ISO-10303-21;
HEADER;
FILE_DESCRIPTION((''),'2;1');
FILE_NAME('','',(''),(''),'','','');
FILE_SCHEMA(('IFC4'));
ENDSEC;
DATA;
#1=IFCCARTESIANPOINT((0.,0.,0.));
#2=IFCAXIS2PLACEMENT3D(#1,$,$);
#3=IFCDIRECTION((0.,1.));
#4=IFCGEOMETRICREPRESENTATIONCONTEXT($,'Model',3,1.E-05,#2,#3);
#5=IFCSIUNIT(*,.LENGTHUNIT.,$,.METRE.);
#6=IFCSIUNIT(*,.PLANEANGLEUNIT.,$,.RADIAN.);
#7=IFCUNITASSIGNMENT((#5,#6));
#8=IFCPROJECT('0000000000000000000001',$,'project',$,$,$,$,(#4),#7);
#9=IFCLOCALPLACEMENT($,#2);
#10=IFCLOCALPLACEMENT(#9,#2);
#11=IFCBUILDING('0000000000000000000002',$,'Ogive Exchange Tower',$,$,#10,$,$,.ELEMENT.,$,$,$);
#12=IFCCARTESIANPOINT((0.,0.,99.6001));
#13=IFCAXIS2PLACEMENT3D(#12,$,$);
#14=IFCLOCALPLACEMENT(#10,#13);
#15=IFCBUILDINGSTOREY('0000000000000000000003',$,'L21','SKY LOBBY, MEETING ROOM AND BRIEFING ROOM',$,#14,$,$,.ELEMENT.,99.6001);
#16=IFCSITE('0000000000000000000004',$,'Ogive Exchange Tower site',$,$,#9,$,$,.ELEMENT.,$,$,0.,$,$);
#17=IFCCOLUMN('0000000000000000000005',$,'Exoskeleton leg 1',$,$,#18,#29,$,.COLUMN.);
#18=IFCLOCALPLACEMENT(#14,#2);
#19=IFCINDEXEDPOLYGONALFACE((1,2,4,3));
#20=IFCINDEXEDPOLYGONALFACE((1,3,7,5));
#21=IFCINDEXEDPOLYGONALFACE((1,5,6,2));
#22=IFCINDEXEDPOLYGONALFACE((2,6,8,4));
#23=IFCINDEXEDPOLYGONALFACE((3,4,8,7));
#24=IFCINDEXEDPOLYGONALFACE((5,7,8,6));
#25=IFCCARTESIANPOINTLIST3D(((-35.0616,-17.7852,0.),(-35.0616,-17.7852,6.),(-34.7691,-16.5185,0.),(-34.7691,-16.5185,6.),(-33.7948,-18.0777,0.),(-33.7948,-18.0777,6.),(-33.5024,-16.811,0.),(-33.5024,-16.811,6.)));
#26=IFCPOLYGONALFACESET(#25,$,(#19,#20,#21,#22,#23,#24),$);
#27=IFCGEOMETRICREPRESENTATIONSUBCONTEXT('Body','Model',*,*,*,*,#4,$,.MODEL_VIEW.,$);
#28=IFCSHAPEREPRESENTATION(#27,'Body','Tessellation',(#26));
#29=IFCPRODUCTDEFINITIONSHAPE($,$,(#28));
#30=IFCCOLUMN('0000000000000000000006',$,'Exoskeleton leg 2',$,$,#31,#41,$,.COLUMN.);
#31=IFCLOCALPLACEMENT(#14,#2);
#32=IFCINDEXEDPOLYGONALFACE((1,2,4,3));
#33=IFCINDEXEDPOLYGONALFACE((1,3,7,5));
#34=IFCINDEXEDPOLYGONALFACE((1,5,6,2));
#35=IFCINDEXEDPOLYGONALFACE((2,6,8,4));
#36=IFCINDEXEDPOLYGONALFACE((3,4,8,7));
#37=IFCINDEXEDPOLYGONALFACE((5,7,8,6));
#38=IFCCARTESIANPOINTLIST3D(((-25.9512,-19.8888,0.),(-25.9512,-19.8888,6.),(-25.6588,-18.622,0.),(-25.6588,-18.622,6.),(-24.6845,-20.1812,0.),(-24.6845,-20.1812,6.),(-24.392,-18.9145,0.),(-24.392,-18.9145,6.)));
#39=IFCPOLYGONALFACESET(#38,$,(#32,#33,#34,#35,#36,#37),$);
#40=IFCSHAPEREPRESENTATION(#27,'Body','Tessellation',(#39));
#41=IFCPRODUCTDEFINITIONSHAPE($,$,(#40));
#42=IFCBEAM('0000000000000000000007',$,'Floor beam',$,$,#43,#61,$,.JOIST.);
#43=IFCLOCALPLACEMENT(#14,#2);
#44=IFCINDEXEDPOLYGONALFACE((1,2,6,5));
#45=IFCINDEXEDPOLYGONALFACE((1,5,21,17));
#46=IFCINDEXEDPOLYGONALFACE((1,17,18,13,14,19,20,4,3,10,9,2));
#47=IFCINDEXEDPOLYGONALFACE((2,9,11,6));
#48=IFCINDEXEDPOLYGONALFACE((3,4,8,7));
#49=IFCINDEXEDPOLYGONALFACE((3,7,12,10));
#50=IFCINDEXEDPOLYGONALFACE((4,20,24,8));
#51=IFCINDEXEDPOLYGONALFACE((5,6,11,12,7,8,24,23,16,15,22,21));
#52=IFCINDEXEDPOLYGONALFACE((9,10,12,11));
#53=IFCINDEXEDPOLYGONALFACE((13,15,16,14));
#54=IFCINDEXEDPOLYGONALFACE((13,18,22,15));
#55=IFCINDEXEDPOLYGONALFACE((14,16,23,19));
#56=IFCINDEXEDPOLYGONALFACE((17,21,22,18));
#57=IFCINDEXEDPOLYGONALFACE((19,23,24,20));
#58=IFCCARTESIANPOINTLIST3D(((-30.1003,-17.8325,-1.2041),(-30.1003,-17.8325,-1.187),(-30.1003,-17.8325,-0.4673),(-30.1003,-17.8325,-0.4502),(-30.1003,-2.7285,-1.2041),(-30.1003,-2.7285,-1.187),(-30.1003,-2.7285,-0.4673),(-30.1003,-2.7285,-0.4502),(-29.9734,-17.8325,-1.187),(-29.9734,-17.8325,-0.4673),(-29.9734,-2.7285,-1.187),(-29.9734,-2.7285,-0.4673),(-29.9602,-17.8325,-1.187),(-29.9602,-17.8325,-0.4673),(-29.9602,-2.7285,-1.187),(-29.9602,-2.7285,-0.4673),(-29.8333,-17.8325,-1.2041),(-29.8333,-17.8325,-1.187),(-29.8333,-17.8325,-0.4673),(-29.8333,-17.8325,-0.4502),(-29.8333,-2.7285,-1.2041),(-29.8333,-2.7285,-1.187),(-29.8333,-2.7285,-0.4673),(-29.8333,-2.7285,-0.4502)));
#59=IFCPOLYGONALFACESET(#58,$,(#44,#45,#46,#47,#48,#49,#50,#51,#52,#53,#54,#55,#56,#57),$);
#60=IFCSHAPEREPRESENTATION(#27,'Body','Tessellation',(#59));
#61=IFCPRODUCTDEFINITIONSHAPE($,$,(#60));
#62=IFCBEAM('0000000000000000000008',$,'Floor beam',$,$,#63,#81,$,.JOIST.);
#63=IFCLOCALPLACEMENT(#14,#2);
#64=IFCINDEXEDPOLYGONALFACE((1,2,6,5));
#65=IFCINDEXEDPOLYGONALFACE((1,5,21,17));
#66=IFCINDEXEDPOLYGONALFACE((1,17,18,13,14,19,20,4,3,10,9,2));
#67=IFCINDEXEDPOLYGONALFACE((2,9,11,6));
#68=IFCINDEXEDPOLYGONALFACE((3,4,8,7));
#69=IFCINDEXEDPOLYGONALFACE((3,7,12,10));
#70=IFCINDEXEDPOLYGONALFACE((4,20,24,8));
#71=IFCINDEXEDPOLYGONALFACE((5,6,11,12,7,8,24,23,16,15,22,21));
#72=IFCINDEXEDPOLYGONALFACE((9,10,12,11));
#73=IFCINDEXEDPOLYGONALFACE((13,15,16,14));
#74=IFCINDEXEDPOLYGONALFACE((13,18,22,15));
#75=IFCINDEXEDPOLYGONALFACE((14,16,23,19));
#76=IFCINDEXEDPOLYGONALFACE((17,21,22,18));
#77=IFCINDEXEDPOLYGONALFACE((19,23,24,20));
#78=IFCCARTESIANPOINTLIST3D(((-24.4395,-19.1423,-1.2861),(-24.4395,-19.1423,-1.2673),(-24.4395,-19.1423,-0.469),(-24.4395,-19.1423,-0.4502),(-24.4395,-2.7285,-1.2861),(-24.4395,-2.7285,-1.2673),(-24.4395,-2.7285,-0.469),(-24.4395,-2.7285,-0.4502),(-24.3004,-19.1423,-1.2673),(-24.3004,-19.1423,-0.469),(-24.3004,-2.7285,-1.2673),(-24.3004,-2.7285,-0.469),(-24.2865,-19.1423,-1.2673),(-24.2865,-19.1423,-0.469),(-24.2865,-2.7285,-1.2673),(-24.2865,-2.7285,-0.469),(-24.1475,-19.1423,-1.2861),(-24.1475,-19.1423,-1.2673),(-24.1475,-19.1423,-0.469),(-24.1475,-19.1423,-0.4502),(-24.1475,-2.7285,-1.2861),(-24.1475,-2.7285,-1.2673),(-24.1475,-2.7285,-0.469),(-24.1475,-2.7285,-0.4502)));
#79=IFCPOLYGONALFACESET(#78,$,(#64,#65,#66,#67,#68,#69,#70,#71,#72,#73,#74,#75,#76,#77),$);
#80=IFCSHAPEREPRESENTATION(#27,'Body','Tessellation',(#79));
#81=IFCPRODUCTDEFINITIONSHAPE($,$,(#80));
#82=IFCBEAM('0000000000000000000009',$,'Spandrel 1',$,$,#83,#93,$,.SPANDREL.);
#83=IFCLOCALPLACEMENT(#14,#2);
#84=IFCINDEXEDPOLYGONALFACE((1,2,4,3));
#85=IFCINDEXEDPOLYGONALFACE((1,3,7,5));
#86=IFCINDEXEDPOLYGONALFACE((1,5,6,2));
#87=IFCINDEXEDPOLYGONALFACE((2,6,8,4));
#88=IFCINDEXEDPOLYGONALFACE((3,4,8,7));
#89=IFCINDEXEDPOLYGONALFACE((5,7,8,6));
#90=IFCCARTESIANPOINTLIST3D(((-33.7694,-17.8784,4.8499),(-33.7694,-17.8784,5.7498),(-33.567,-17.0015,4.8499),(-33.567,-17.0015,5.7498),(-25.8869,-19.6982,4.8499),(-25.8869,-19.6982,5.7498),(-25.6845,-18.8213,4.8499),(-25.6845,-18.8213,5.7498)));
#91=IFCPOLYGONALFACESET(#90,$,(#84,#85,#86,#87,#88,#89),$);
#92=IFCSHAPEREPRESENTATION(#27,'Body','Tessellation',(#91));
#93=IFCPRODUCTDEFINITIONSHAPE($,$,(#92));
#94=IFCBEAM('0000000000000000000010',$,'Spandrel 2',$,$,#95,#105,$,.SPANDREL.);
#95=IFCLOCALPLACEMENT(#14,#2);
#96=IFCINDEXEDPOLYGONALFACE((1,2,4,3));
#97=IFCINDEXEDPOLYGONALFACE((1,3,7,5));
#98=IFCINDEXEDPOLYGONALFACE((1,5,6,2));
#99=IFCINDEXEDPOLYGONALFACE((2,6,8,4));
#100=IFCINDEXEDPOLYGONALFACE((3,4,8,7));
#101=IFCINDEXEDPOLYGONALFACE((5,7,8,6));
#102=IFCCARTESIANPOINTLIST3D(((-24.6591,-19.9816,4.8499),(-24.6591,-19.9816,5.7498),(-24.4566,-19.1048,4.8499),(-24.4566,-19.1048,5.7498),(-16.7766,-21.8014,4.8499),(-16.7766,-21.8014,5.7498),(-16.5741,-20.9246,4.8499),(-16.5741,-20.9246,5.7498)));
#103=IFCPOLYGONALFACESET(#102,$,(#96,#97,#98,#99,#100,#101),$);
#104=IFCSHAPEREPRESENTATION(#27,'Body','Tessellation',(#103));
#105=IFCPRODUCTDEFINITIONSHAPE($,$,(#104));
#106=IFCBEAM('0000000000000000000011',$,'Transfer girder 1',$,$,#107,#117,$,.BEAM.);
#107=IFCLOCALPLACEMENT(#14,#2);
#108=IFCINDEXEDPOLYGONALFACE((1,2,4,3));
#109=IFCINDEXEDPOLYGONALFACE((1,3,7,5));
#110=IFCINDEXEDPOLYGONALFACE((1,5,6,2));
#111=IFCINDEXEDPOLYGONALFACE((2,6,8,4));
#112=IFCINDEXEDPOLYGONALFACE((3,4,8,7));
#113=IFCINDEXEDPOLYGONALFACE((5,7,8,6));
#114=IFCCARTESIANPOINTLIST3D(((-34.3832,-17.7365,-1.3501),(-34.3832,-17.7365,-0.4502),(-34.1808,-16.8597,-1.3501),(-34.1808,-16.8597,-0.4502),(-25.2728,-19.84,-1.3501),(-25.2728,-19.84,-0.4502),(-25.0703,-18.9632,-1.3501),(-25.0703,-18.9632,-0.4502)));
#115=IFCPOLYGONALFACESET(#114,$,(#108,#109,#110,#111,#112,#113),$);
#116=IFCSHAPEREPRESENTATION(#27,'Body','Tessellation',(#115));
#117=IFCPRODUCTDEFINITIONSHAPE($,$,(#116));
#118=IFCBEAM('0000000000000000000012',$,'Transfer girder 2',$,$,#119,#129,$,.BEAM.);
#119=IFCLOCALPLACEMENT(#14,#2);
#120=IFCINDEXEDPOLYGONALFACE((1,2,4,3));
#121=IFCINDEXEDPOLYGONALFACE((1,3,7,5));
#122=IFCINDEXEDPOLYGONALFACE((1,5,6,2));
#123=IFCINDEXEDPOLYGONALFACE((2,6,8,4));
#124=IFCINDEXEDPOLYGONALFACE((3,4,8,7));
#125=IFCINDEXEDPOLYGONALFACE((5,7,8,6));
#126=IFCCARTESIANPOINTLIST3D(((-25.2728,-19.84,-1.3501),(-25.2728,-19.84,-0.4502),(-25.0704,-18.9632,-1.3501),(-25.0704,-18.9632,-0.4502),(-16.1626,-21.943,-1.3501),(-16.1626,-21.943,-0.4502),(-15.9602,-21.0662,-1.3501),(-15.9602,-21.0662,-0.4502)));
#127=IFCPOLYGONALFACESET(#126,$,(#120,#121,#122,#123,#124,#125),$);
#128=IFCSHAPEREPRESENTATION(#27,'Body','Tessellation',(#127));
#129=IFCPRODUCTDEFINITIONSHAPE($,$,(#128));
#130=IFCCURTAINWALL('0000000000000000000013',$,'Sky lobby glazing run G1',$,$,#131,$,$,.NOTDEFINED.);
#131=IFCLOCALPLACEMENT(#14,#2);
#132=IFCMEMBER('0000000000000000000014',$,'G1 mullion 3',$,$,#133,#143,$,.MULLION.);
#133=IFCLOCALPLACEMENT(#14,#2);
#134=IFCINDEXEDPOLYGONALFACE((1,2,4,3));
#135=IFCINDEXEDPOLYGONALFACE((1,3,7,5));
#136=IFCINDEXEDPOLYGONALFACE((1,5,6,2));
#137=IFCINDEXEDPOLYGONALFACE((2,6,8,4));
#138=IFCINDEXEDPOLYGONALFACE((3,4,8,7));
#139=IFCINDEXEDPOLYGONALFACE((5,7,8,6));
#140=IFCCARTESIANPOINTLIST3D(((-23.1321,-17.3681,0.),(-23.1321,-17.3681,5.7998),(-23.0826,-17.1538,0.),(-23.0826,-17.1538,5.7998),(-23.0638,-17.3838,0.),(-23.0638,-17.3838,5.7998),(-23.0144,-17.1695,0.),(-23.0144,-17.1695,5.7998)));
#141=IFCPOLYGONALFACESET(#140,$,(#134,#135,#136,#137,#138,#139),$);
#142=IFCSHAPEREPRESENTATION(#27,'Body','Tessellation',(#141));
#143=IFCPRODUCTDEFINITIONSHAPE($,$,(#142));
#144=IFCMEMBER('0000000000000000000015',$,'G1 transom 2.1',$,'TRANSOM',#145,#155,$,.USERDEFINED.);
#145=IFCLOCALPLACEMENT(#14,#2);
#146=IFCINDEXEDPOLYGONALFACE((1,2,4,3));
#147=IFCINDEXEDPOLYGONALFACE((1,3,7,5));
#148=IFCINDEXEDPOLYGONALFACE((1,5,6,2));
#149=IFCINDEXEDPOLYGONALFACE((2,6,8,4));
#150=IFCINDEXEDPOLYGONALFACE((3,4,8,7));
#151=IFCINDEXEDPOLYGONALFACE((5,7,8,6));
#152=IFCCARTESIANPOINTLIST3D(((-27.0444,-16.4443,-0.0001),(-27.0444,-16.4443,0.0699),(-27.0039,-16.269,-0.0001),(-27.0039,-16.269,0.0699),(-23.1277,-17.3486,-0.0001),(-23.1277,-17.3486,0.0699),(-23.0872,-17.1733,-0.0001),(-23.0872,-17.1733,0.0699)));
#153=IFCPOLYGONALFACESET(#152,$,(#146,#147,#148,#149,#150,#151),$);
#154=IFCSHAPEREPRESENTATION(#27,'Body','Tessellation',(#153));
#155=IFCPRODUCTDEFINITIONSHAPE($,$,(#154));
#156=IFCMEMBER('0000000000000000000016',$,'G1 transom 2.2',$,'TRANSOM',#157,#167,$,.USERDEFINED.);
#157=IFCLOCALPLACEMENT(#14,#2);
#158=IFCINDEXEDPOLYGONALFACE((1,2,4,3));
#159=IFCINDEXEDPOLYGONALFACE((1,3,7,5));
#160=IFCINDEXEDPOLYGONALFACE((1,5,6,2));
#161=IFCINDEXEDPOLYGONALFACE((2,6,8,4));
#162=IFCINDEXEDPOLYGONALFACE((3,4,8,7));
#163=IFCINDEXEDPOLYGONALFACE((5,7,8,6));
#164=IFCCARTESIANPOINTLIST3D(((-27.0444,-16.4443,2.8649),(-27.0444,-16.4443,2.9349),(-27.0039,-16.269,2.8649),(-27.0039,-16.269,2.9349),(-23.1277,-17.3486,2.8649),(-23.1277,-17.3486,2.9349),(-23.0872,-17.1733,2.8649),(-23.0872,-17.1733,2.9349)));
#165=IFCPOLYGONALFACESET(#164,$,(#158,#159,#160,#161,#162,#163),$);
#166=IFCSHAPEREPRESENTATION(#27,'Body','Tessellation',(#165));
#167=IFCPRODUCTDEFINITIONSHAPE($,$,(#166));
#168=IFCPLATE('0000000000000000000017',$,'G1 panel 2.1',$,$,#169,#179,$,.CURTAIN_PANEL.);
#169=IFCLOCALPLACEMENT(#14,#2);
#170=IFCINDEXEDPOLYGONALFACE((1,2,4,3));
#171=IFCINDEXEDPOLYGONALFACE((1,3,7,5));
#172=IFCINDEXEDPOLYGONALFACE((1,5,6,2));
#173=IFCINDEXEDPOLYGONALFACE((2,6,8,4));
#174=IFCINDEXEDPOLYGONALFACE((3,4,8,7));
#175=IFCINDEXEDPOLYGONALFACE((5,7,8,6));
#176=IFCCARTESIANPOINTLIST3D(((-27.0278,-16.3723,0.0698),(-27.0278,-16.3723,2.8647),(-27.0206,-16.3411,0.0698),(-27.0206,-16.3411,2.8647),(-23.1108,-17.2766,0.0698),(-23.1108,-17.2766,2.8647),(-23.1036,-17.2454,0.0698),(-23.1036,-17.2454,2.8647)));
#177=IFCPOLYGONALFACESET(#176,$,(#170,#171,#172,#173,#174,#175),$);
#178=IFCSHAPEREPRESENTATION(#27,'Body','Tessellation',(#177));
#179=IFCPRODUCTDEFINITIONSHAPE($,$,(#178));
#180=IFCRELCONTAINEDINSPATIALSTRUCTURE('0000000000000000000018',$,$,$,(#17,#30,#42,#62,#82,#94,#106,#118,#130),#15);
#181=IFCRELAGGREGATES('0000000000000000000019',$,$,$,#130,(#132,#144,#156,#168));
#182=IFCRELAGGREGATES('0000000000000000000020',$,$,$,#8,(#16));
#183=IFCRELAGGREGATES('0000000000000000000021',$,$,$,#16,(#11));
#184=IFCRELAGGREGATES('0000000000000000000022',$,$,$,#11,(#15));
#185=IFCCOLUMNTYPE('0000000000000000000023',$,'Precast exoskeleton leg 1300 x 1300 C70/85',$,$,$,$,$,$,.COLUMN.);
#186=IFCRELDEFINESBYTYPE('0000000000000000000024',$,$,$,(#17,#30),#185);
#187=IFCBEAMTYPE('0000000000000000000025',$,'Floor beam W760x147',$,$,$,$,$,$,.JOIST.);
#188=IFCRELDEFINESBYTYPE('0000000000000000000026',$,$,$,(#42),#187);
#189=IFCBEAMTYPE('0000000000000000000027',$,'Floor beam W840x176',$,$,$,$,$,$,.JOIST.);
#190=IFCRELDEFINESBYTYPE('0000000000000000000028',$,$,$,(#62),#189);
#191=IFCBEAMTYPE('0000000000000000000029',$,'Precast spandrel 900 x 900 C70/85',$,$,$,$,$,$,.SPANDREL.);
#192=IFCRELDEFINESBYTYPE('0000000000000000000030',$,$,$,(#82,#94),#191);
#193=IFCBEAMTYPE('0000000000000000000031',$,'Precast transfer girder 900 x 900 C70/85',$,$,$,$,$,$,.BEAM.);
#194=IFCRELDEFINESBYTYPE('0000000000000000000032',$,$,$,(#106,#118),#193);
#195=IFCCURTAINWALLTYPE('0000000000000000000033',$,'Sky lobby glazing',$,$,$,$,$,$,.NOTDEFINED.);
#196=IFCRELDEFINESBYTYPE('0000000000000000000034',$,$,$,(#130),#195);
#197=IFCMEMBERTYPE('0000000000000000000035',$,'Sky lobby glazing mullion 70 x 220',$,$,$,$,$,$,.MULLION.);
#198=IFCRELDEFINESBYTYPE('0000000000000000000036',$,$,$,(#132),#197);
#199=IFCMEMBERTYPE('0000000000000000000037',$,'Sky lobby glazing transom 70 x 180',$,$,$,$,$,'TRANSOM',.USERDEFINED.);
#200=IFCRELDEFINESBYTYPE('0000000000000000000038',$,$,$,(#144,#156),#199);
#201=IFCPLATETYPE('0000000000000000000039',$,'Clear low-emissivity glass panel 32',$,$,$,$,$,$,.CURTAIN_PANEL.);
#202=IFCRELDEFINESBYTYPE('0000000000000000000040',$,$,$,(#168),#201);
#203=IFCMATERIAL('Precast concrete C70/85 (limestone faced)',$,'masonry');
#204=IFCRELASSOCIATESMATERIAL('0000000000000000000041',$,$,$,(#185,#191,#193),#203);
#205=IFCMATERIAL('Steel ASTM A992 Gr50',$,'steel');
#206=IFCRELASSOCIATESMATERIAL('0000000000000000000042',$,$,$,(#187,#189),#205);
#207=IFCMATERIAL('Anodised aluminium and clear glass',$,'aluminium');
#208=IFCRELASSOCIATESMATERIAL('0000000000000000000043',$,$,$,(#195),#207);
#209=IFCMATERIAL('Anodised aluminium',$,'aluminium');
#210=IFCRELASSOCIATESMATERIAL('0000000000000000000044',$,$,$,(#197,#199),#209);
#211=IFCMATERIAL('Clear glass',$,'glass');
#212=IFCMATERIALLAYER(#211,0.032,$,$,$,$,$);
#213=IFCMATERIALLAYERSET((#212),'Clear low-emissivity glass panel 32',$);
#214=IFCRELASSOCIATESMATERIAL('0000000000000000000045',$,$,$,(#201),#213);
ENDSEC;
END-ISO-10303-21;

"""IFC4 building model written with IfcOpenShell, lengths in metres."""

from ifc_helpers import new_model, si_unit, direction, frame, origin, origin_2d, place, context, subcontext, project, spatial, rectangle, i_section, extrude, material, layer, layer_set, material_profile, profile_set, type_object, element, aggregate, save


model = new_model("IFC4")

# Units and contexts
model_context = context("Model", 3, precision=1e-05, world=origin(), true_north=direction((0.0, 1.0)))
body_context = subcontext(model_context, "Body", "Model", "MODEL_VIEW")
ifc_project = project(units=[si_unit("LENGTHUNIT", "METRE"), si_unit("PLANEANGLEUNIT", "RADIAN")], contexts=[model_context])

# Site, building, storey
site_placement = place(None, origin())
site = spatial("IfcSite", under=ifc_project, at=site_placement, Name="Ogive Exchange Tower site", CompositionType="ELEMENT", RefElevation=0.0)
building_placement = place(site_placement, origin())
building = spatial("IfcBuilding", under=site, at=building_placement, Name="Ogive Exchange Tower", CompositionType="ELEMENT")
storey_placement = place(building_placement, frame((0.0, 0.0, 99.6001)))
storey = spatial("IfcBuildingStorey", under=building, at=storey_placement, Name="L21", Description="SKY LOBBY, MEETING ROOM AND BRIEFING ROOM", CompositionType="ELEMENT", Elevation=99.6001)

# Columns
ifc_material_1 = material(Name="Precast concrete C70/85 (limestone faced)", Category="masonry")
ifc_material_profile_1 = material_profile(ifc_material_1, rectangle(XDim=1.3, YDim=1.3, at=origin_2d()), Name="1300 x 1300")
ifc_profile_set_1 = profile_set([ifc_material_profile_1], Name="Precast concrete C70/85 (limestone faced)")
column_type = type_object("IfcColumnType", Name="Precast exoskeleton leg 1300 x 1300 C70/85", PredefinedType="COLUMN", material=ifc_profile_set_1)
for number, where, z_axis, x_axis, name in (
    (1, (-34.282, -17.2981, 0.0), (0.0, 0.0, 1.0), (0.97437, -0.224951, 0.0), "Exoskeleton leg 1"),
    (2, (-25.1716, -19.4016, 0.0), (0.0, 0.0, 1.0), (0.97437, -0.224951, 0.0), "Exoskeleton leg 2"),
):
    element("IfcColumn", number, at=place(storey_placement, frame(where, z_axis=z_axis, x_axis=x_axis)), inside=storey, type_object=column_type, Name=name, PredefinedType="COLUMN", context=body_context, shape_type="SweptSolid", body=[
        extrude(rectangle(XDim=1.3, YDim=1.3, at=origin_2d()), origin(), (0.0, 0.0, 1.0), 6.0),
    ])

# Beams
ifc_material_2 = material(Name="Steel ASTM A992 Gr50", Category="steel")
ifc_material_profile_2 = material_profile(ifc_material_2, i_section(OverallWidth=0.2671, OverallDepth=0.7539, WebThickness=0.0132, FlangeThickness=0.0171, at=origin_2d()), Name="W760x147")
ifc_profile_set_2 = profile_set([ifc_material_profile_2], Name="Steel ASTM A992 Gr50")
beam_type_1 = type_object("IfcBeamType", Name="Floor beam W760x147", PredefinedType="JOIST", material=ifc_profile_set_2)
beam_1_placement = place(storey_placement, frame((-29.9668, -17.8325, -0.8271), z_axis=(0.0, 1.0, 0.0), x_axis=(-1.0, 0.0, 0.0)))
element("IfcBeam", 3, at=beam_1_placement, inside=storey, type_object=beam_type_1, Name="Floor beam", PredefinedType="JOIST", context=body_context, shape_type="SweptSolid", body=[
    extrude(i_section(OverallWidth=0.2671, OverallDepth=0.7539, WebThickness=0.0132, FlangeThickness=0.0171, at=origin_2d()), origin(), (0.0, 0.0, 1.0), 15.104),
])
ifc_material_profile_3 = material_profile(ifc_material_2, i_section(OverallWidth=0.292, OverallDepth=0.8359, WebThickness=0.0139, FlangeThickness=0.0188, at=origin_2d()), Name="W840x176")
ifc_profile_set_3 = profile_set([ifc_material_profile_3], Name="Steel ASTM A992 Gr50")
beam_type_2 = type_object("IfcBeamType", Name="Floor beam W840x176", PredefinedType="JOIST", material=ifc_profile_set_3)
beam_2_placement = place(storey_placement, frame((-24.2935, -19.1423, -0.8682), z_axis=(0.0, 1.0, 0.0), x_axis=(-1.0, 0.0, 0.0)))
element("IfcBeam", 4, at=beam_2_placement, inside=storey, type_object=beam_type_2, Name="Floor beam", PredefinedType="JOIST", context=body_context, shape_type="SweptSolid", body=[
    extrude(i_section(OverallWidth=0.292, OverallDepth=0.8359, WebThickness=0.0139, FlangeThickness=0.0188, at=origin_2d()), origin(), (0.0, 0.0, 1.0), 16.4138),
])
ifc_material_profile_4 = material_profile(ifc_material_1, rectangle(XDim=0.8999, YDim=0.8999, at=origin_2d()), Name="900 x 900")
ifc_profile_set_4 = profile_set([ifc_material_profile_4], Name="Precast concrete C70/85 (limestone faced)")
beam_type_3 = type_object("IfcBeamType", Name="Precast spandrel 900 x 900 C70/85", PredefinedType="SPANDREL", material=ifc_profile_set_4)
for number, where, z_axis, x_axis, name in (
    (5, (-33.6682, -17.4399, 5.2998), (0.97437, -0.22495, 0.0), (0.22495, 0.97437, 0.0), "Spandrel 1"),
    (6, (-24.5579, -19.5432, 5.2998), (0.97437, -0.22495, 0.0), (0.22495, 0.97437, 0.0), "Spandrel 2"),
):
    element("IfcBeam", number, at=place(storey_placement, frame(where, z_axis=z_axis, x_axis=x_axis)), inside=storey, type_object=beam_type_3, Name=name, PredefinedType="SPANDREL", context=body_context, shape_type="SweptSolid", body=[
        extrude(rectangle(XDim=0.8999, YDim=0.8999, at=origin_2d()), origin(), (0.0, 0.0, 1.0), 8.0898),
    ])
ifc_material_profile_5 = material_profile(ifc_material_1, rectangle(XDim=0.8999, YDim=0.8999, at=origin_2d()), Name="900 x 900")
ifc_profile_set_5 = profile_set([ifc_material_profile_5], Name="Precast concrete C70/85 (limestone faced)")
beam_type_4 = type_object("IfcBeamType", Name="Precast transfer girder 900 x 900 C70/85", PredefinedType="BEAM", material=ifc_profile_set_5)
beam_3_placement = place(storey_placement, frame((-34.282, -17.2981, -0.9001), z_axis=(0.974365, -0.224974, 0.0), x_axis=(0.224974, 0.974365, 0.0)))
element("IfcBeam", 7, at=beam_3_placement, inside=storey, type_object=beam_type_4, Name="Transfer girder 1", PredefinedType="BEAM", context=body_context, shape_type="SweptSolid", body=[
    extrude(rectangle(XDim=0.8999, YDim=0.8999, at=origin_2d()), origin(), (0.0, 0.0, 1.0), 9.3501),
])
beam_4_placement = place(storey_placement, frame((-25.1716, -19.4016, -0.9001), z_axis=(0.974376, -0.224924, 0.0), x_axis=(0.224924, 0.974376, 0.0)))
element("IfcBeam", 8, at=beam_4_placement, inside=storey, type_object=beam_type_4, Name="Transfer girder 2", PredefinedType="BEAM", context=body_context, shape_type="SweptSolid", body=[
    extrude(rectangle(XDim=0.8999, YDim=0.8999, at=origin_2d()), origin(), (0.0, 0.0, 1.0), 9.3499),
])

# Curtain wall, members, plate
ifc_material_3 = material(Name="Anodised aluminium and clear glass", Category="aluminium")
curtain_wall_type = type_object("IfcCurtainWallType", Name="Sky lobby glazing", PredefinedType="NOTDEFINED", material=ifc_material_3)
curtain_wall_placement = place(storey_placement, origin())
curtain_wall = element("IfcCurtainWall", 9, at=curtain_wall_placement, inside=storey, type_object=curtain_wall_type, Name="Sky lobby glazing run G1", PredefinedType="NOTDEFINED")
ifc_material_4 = material(Name="Anodised aluminium", Category="aluminium")
ifc_material_profile_6 = material_profile(ifc_material_4, rectangle(XDim=0.22, YDim=0.0701, at=origin_2d()), Name="AL 70x220")
ifc_profile_set_6 = profile_set([ifc_material_profile_6], Name="Anodised aluminium")
member_type_1 = type_object("IfcMemberType", Name="Sky lobby glazing mullion 70 x 220", PredefinedType="MULLION", material=ifc_profile_set_6)
member_1_placement = place(storey_placement, frame((-23.0732, -17.2688, 0.0), z_axis=(0.0, 0.0, 1.0), x_axis=(0.224947, 0.974371, 0.0)))
member_1 = element("IfcMember", 10, at=member_1_placement, type_object=member_type_1, Name="G1 mullion 3", PredefinedType="MULLION", context=body_context, shape_type="SweptSolid", body=[
    extrude(rectangle(XDim=0.22, YDim=0.0701, at=origin_2d()), origin(), (0.0, 0.0, 1.0), 5.7998),
])
ifc_material_profile_7 = material_profile(ifc_material_4, rectangle(XDim=0.1799, YDim=0.0701, at=origin_2d()), Name="AL 70x180")
ifc_profile_set_7 = profile_set([ifc_material_profile_7], Name="Anodised aluminium")
member_type_2 = type_object("IfcMemberType", Name="Sky lobby glazing transom 70 x 180", ElementType="TRANSOM", PredefinedType="USERDEFINED", material=ifc_profile_set_7)
member_2_placement = place(storey_placement, frame((-27.0242, -16.3567, 0.0349), z_axis=(0.974368, -0.224962, 0.0), x_axis=(0.224962, 0.974368, 0.0)))
member_2 = element("IfcMember", 11, at=member_2_placement, type_object=member_type_2, Name="G1 transom 2.1", ObjectType="TRANSOM", PredefinedType="USERDEFINED", context=body_context, shape_type="SweptSolid", body=[
    extrude(rectangle(XDim=0.1799, YDim=0.0701, at=origin_2d()), origin(), (0.0, 0.0, 1.0), 4.0198),
])
member_3_placement = place(storey_placement, frame((-27.0242, -16.3567, 2.8999), z_axis=(0.974368, -0.224962, 0.0), x_axis=(0.224962, 0.974368, 0.0)))
member_3 = element("IfcMember", 12, at=member_3_placement, type_object=member_type_2, Name="G1 transom 2.2", ObjectType="TRANSOM", PredefinedType="USERDEFINED", context=body_context, shape_type="SweptSolid", body=[
    extrude(rectangle(XDim=0.1799, YDim=0.0701, at=origin_2d()), origin(), (0.0, 0.0, 1.0), 4.0198),
])
ifc_material_5 = material(Name="Clear glass", Category="glass")
ifc_layer_1 = layer(ifc_material_5, 0.032)
ifc_layer_set_1 = layer_set([ifc_layer_1], Name="Clear low-emissivity glass panel 32")
plate_type = type_object("IfcPlateType", Name="Clear low-emissivity glass panel 32", PredefinedType="CURTAIN_PANEL", material=ifc_layer_set_1)
plate_1_placement = place(storey_placement, frame((-25.0657, -16.8088, 0.0698), z_axis=(0.0, 0.0, 1.0), x_axis=(0.974371, -0.224947, 0.0)))
plate_1 = element("IfcPlate", 13, at=plate_1_placement, type_object=plate_type, Name="G1 panel 2.1", PredefinedType="CURTAIN_PANEL", context=body_context, shape_type="SweptSolid", body=[
    extrude(rectangle(XDim=4.02, YDim=0.032, at=origin_2d()), origin(), (0.0, 0.0, 1.0), 2.7949),
])
aggregate(curtain_wall, [member_1, member_2, member_3, plate_1])

save(model, "model.ifc")
